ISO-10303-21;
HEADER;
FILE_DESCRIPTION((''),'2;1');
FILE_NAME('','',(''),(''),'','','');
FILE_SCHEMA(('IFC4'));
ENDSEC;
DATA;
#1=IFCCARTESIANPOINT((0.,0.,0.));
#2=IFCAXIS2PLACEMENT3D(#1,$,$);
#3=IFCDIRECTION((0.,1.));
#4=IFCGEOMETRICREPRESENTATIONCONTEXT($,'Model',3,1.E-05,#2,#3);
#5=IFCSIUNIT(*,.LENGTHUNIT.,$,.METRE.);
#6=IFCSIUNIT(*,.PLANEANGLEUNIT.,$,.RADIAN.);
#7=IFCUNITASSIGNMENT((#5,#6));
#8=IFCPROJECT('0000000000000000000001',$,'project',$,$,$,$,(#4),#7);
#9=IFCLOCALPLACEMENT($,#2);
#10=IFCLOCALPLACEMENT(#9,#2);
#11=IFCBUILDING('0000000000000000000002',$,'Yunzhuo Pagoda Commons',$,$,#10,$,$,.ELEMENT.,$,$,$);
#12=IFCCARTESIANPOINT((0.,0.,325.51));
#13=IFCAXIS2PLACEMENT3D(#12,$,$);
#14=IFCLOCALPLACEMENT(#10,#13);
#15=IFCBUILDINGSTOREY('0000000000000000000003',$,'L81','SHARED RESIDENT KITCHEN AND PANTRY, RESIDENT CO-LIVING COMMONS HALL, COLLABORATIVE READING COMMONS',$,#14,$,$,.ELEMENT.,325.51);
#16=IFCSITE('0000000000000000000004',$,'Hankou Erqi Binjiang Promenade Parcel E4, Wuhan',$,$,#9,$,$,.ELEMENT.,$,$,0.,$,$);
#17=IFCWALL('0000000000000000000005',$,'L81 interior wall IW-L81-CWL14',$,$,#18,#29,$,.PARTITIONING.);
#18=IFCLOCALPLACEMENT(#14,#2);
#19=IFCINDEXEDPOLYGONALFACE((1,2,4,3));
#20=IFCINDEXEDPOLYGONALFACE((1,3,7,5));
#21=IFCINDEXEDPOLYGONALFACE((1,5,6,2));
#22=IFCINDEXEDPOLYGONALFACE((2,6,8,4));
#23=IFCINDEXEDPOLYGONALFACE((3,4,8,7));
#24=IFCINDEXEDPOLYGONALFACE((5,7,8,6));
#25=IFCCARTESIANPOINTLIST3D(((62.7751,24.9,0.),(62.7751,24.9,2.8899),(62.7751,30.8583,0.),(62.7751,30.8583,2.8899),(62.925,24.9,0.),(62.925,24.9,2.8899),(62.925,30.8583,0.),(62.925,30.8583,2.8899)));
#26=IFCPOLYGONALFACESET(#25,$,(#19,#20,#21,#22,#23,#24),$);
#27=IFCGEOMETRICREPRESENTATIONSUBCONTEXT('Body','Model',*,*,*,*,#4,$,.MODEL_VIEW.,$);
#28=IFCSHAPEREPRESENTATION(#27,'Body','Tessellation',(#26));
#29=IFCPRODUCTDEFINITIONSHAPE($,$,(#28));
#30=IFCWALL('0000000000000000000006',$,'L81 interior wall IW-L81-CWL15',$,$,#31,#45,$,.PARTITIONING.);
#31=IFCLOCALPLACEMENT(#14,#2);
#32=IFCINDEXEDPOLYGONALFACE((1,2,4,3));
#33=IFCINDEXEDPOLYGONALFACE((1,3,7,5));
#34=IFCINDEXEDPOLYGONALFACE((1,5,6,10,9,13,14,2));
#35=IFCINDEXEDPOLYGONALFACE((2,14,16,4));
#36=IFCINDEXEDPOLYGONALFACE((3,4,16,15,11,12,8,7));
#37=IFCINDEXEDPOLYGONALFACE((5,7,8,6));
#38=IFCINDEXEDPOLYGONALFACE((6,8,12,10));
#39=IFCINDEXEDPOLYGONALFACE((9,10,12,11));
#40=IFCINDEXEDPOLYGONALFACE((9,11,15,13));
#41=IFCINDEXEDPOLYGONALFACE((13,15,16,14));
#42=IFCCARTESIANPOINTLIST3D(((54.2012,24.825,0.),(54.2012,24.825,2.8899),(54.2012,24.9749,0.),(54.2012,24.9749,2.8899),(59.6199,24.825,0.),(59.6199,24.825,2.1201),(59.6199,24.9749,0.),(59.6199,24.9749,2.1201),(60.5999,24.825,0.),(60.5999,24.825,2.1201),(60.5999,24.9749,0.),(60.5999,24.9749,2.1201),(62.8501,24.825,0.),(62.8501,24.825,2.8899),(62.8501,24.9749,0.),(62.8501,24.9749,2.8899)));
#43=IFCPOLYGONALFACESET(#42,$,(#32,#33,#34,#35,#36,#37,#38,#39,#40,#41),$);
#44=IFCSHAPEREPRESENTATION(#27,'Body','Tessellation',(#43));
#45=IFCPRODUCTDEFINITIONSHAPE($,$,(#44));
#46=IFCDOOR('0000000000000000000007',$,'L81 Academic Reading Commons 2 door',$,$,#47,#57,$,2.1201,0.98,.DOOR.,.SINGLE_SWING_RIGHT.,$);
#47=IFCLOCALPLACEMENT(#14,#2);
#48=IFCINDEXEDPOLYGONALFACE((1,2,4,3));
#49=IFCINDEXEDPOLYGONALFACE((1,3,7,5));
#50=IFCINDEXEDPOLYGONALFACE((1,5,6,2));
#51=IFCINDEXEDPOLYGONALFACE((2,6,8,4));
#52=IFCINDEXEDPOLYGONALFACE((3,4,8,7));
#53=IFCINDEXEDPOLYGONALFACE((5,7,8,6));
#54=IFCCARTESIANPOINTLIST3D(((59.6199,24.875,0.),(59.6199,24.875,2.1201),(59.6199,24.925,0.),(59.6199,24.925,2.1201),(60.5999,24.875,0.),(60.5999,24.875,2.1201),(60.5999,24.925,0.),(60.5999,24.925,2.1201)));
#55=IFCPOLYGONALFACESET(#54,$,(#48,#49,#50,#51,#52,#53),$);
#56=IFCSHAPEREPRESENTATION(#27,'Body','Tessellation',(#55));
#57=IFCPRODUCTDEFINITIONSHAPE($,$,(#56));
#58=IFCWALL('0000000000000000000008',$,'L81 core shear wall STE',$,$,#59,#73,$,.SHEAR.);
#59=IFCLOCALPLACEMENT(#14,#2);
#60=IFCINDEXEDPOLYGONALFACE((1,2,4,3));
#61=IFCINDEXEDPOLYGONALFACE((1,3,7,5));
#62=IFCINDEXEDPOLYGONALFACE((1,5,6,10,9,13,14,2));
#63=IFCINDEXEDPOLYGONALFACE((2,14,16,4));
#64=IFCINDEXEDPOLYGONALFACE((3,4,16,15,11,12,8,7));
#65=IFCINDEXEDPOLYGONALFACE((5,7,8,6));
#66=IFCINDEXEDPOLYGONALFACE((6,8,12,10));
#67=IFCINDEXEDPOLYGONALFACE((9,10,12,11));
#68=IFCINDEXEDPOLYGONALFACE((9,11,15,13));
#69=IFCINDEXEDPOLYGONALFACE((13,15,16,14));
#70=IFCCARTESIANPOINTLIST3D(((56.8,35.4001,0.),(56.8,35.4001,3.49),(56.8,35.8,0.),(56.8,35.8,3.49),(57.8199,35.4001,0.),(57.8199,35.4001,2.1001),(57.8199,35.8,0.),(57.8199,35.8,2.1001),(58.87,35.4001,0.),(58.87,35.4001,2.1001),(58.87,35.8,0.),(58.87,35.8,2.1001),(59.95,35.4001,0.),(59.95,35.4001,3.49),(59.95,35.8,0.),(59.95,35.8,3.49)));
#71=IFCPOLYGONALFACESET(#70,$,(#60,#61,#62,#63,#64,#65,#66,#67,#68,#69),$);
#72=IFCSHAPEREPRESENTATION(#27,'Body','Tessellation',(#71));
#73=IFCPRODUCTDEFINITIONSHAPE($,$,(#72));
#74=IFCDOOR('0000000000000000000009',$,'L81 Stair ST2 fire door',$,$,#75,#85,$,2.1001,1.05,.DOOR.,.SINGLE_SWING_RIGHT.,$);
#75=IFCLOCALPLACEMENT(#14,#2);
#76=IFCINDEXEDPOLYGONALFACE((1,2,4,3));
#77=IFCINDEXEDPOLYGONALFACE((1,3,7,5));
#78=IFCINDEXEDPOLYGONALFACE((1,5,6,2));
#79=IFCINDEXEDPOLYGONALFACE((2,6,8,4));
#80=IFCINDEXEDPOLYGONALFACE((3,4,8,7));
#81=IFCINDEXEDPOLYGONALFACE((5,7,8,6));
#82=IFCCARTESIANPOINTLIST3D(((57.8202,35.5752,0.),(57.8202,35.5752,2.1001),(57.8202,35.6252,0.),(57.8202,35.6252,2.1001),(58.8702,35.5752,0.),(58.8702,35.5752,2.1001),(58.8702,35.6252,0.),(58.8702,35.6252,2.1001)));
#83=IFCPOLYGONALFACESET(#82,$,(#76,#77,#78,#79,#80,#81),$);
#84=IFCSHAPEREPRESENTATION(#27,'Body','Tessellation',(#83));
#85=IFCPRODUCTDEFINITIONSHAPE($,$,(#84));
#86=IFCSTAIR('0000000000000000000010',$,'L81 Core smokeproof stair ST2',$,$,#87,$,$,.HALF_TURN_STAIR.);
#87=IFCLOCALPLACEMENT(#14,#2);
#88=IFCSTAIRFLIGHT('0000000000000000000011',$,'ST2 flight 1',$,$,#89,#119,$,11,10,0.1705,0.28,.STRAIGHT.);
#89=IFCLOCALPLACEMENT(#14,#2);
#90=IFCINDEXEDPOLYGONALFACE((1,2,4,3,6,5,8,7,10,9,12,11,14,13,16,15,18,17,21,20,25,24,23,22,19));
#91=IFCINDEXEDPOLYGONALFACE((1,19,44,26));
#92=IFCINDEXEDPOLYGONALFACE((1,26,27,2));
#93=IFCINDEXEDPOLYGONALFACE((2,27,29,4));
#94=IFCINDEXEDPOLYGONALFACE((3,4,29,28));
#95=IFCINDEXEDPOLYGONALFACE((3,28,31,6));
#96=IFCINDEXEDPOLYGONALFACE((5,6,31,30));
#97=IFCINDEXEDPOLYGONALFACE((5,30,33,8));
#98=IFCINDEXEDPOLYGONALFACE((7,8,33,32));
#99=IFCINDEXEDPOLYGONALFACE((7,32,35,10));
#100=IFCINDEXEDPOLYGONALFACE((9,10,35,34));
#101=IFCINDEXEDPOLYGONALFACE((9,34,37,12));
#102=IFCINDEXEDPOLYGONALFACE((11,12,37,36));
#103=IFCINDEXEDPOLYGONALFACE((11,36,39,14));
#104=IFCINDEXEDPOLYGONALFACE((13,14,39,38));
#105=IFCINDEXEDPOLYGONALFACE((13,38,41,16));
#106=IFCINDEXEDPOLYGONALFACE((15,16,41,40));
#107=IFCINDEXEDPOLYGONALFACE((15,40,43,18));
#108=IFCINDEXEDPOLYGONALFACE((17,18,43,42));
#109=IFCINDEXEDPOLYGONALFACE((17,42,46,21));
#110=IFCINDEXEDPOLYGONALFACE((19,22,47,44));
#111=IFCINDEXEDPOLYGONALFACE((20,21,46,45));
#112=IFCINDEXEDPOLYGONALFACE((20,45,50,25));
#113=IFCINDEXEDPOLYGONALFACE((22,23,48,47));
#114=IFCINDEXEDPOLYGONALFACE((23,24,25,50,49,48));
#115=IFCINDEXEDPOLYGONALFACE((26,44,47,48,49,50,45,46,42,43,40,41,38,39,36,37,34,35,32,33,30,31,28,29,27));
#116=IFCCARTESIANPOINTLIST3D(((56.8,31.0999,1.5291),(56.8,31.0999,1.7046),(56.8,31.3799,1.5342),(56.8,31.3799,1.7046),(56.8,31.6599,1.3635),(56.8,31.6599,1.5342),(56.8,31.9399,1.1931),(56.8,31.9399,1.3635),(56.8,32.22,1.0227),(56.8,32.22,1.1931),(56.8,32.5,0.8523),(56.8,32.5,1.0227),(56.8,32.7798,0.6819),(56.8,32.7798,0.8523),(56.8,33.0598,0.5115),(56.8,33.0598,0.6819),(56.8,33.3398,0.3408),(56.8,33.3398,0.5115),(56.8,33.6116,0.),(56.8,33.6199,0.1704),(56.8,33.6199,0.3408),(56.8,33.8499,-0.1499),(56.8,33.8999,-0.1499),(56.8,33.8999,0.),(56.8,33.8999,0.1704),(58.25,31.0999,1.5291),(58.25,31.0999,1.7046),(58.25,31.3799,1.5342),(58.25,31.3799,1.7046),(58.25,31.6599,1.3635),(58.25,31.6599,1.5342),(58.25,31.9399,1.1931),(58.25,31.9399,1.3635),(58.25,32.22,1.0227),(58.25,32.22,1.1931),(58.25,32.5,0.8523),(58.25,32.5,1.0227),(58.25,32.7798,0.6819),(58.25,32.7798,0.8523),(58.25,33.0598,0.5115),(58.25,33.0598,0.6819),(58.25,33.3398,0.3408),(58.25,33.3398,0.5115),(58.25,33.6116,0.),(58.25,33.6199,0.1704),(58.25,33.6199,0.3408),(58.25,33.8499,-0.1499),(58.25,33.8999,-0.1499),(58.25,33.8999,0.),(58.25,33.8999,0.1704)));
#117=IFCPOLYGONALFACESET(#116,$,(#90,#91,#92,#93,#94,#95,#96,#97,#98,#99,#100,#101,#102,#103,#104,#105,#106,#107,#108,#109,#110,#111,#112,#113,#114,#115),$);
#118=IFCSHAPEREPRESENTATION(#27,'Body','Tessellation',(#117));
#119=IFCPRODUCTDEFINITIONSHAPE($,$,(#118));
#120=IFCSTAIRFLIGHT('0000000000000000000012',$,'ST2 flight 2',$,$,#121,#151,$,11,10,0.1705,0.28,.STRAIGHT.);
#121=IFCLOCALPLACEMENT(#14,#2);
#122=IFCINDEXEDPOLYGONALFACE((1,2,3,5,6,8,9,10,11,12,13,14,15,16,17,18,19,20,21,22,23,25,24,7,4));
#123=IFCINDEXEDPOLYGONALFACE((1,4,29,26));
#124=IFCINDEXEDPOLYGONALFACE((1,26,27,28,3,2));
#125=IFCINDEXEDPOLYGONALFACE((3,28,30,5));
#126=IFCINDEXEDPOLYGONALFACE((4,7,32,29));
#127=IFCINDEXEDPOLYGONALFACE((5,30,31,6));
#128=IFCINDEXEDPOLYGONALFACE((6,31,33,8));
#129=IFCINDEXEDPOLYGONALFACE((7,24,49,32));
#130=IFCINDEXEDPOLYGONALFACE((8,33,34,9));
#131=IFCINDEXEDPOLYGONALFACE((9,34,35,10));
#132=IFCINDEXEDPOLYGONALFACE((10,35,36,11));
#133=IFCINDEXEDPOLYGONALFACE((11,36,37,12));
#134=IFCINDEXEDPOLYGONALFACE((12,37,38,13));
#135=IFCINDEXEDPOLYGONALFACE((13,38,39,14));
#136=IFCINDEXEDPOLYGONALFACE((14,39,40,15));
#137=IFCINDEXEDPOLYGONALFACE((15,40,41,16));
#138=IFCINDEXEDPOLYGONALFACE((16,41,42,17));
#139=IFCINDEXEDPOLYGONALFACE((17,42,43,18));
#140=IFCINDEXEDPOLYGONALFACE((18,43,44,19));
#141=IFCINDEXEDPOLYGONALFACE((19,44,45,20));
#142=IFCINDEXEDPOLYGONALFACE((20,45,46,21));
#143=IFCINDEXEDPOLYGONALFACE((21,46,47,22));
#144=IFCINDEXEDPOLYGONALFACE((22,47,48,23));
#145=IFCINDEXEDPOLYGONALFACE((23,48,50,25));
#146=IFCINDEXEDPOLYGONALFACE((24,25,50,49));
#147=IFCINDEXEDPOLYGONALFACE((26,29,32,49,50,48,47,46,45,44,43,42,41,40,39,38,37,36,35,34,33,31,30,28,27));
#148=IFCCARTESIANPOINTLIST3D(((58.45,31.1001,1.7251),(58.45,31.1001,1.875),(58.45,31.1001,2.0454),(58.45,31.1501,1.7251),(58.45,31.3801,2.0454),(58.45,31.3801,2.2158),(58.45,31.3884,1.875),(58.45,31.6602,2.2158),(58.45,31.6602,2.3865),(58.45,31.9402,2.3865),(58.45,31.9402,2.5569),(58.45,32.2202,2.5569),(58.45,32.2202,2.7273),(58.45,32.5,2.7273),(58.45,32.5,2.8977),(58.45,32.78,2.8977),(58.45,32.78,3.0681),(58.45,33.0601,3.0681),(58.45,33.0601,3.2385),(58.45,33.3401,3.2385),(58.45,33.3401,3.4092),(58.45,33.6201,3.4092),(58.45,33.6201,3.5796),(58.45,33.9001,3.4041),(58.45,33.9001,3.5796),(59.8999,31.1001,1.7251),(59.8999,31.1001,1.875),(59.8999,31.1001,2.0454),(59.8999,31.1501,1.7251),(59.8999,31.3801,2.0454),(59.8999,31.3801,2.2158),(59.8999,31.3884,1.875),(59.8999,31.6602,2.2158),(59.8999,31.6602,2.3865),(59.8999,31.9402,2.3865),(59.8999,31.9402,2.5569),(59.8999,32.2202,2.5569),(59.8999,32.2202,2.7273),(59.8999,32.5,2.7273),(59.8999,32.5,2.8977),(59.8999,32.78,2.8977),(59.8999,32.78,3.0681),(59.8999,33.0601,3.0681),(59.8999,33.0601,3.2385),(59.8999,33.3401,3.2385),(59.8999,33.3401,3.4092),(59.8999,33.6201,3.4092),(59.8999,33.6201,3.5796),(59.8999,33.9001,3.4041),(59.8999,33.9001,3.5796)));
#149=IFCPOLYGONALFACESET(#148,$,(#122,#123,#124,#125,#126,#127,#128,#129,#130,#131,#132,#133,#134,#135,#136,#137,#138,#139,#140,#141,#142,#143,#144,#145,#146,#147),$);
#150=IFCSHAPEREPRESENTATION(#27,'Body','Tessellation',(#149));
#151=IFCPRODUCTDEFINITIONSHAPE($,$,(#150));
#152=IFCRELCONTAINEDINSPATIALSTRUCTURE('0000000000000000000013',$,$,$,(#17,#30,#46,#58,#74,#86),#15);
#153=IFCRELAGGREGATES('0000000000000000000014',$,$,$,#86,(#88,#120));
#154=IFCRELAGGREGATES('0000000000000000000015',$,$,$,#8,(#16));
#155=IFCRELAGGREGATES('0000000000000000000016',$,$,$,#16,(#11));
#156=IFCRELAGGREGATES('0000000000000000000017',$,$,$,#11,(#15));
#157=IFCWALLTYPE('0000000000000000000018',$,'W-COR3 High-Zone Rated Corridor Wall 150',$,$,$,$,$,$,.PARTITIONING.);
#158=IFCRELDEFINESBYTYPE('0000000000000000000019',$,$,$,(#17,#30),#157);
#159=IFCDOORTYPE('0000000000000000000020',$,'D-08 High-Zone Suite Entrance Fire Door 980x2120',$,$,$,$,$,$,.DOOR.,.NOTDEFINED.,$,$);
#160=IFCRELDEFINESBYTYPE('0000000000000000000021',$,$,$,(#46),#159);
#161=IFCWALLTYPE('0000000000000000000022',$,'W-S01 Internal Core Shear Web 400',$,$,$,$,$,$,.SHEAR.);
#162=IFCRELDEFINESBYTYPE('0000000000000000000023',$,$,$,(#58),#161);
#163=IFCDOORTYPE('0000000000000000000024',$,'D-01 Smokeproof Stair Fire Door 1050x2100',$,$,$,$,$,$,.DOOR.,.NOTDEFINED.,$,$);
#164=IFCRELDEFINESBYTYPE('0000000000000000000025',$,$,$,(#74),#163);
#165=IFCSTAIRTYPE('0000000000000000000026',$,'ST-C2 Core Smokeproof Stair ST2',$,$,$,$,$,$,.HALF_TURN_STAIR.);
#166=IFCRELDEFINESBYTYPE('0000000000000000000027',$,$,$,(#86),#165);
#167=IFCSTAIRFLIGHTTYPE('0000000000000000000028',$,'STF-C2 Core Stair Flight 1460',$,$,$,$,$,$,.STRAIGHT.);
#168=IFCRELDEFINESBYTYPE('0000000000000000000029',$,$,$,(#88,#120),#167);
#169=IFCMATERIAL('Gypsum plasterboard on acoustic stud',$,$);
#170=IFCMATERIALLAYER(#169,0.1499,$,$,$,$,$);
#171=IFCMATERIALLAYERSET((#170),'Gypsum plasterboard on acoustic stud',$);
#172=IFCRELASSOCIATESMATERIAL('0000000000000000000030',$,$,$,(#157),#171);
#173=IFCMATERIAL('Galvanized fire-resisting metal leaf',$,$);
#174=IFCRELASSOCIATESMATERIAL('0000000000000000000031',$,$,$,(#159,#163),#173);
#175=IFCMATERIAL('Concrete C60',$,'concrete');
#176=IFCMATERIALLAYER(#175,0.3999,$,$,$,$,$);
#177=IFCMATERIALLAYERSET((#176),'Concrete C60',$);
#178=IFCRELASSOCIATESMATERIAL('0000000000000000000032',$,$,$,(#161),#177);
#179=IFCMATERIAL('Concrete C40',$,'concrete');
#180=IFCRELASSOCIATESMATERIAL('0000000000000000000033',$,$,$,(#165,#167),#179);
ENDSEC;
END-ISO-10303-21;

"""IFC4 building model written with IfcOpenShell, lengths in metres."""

from ifc_helpers import new_model, si_unit, direction, frame, frame_2d, origin, origin_with_axes, place, context, subcontext, project, spatial, polyline, rectangle, outline, extrude, source, transform, mapped, material, layer, layer_set, type_object, element, fill, aggregate, save


model = new_model("IFC4")

# Units and contexts
model_context = context("Model", 3, precision=1e-05, world=origin(), true_north=direction((0.0, 1.0)))
body_context = subcontext(model_context, "Body", "Model", "MODEL_VIEW")
ifc_project = project(units=[si_unit("LENGTHUNIT", "METRE"), si_unit("PLANEANGLEUNIT", "RADIAN")], contexts=[model_context])

# Site, building, storey
site_placement = place(None, origin())
site = spatial("IfcSite", under=ifc_project, at=site_placement, Name="Hankou Erqi Binjiang Promenade Parcel E4, Wuhan", CompositionType="ELEMENT", RefElevation=0.0)
building_placement = place(site_placement, origin())
building = spatial("IfcBuilding", under=site, at=building_placement, Name="Yunzhuo Pagoda Commons", CompositionType="ELEMENT")
storey_placement = place(building_placement, frame((0.0, 0.0, 325.51)))
storey = spatial("IfcBuildingStorey", under=building, at=storey_placement, Name="L81", Description="SHARED RESIDENT KITCHEN AND PANTRY, RESIDENT CO-LIVING COMMONS HALL, COLLABORATIVE READING COMMONS", CompositionType="ELEMENT", Elevation=325.51)

# Wall
ifc_material_1 = material(Name="Gypsum plasterboard on acoustic stud")
ifc_layer_1 = layer(ifc_material_1, 0.1499)
ifc_layer_set_1 = layer_set([ifc_layer_1], Name="Gypsum plasterboard on acoustic stud")
wall_type_1 = type_object("IfcWallType", Name="W-COR3 High-Zone Rated Corridor Wall 150", PredefinedType="PARTITIONING", material=ifc_layer_set_1)
wall_1_placement = place(storey_placement, frame((62.8501, 30.8582, 0.0), z_axis=(0.0, 0.0, 1.0), x_axis=(0.0, -1.0, 0.0)))
element("IfcWall", 1, at=wall_1_placement, inside=storey, type_object=wall_type_1, Name="L81 interior wall IW-L81-CWL14", PredefinedType="PARTITIONING", context=body_context, shape_type="SweptSolid", body=[
    extrude(rectangle(XDim=5.9583, YDim=0.1499, at=frame_2d((2.979, 0.0))), origin(), (0.0, 0.0, 1.0), 2.8899),
])

# Walls, openings, doors
wall_2_placement = place(storey_placement, frame((62.8501, 24.8999, 0.0), z_axis=(0.0, 0.0, 1.0), x_axis=(-1.0, 0.0, 0.0)))
wall_2 = element("IfcWall", 2, at=wall_2_placement, inside=storey, type_object=wall_type_1, Name="L81 interior wall IW-L81-CWL15", PredefinedType="PARTITIONING", context=body_context, shape_type="SweptSolid", body=[
    extrude(rectangle(XDim=8.6489, YDim=0.1499, at=frame_2d((4.3245, 0.0))), origin(), (0.0, 0.0, 1.0), 2.8899),
])
opening_1_placement = place(wall_2_placement, frame((2.2502, 0.0, 0.0)))
opening_1 = element("IfcOpeningElement", 3, at=opening_1_placement, cuts=wall_2, PredefinedType="OPENING", context=body_context, shape_type="SweptSolid", body=[
    extrude(rectangle(XDim=0.98, YDim=2.1201, at=frame_2d((0.49, 1.0601))), frame((0.0, 0.085, 0.0), z_axis=(0.0, -1.0, 0.0), x_axis=(1.0, 0.0, 0.0)), (0.0, 0.0, 1.0), 0.1699),
])
ifc_material_2 = material(Name="Galvanized fire-resisting metal leaf")
door_type_1 = type_object("IfcDoorType", Name="D-08 High-Zone Suite Entrance Fire Door 980x2120", OperationType="NOTDEFINED", PredefinedType="DOOR", material=ifc_material_2)
shared_shape_1 = source(origin(), body_context, "Body", "SweptSolid", [
    extrude(rectangle(XDim=0.98, YDim=2.1201, at=frame_2d((0.49, 1.0601))), frame((0.0, 0.0249, 0.0), z_axis=(0.0, -1.0, 0.0), x_axis=(1.0, 0.0, 0.0)), (0.0, 0.0, 1.0), 0.05),
])
door_1_placement = place(opening_1_placement, origin_with_axes())
door_1 = element("IfcDoor", 4, at=door_1_placement, inside=storey, type_object=door_type_1, Name="L81 Academic Reading Commons 2 door", OperationType="SINGLE_SWING_RIGHT", OverallHeight=2.1201, OverallWidth=0.98, PredefinedType="DOOR", context=body_context, shape_type="MappedRepresentation", body=[
    mapped(shared_shape_1, transform((0.0, 0.0, 0.0), scale=1.0)),
])
fill(opening_1, door_1)
ifc_material_3 = material(Name="Concrete C60", Category="concrete")
ifc_layer_2 = layer(ifc_material_3, 0.3999)
ifc_layer_set_2 = layer_set([ifc_layer_2], Name="Concrete C60")
wall_type_2 = type_object("IfcWallType", Name="W-S01 Internal Core Shear Web 400", PredefinedType="SHEAR", material=ifc_layer_set_2)
wall_3_placement = place(storey_placement, frame((56.8, 35.6001, 0.0), z_axis=(0.0, 0.0, 1.0), x_axis=(1.0, 0.0, 0.0)))
wall_3 = element("IfcWall", 5, at=wall_3_placement, inside=storey, type_object=wall_type_2, Name="L81 core shear wall STE", PredefinedType="SHEAR", context=body_context, shape_type="SweptSolid", body=[
    extrude(rectangle(XDim=3.1499, YDim=0.3999, at=frame_2d((1.575, 0.0))), origin(), (0.0, 0.0, 1.0), 3.49),
])
opening_2_placement = place(wall_3_placement, frame((1.02, 0.0, 0.0)))
opening_2 = element("IfcOpeningElement", 6, at=opening_2_placement, cuts=wall_3, PredefinedType="OPENING", context=body_context, shape_type="SweptSolid", body=[
    extrude(rectangle(XDim=1.05, YDim=2.1001, at=frame_2d((0.5249, 1.05))), frame((0.0, 0.21, 0.0), z_axis=(0.0, -1.0, 0.0), x_axis=(1.0, 0.0, 0.0)), (0.0, 0.0, 1.0), 0.4199),
])
door_type_2 = type_object("IfcDoorType", Name="D-01 Smokeproof Stair Fire Door 1050x2100", OperationType="NOTDEFINED", PredefinedType="DOOR", material=ifc_material_2)
shared_shape_2 = source(origin(), body_context, "Body", "SweptSolid", [
    extrude(rectangle(XDim=1.05, YDim=2.1001, at=frame_2d((0.5249, 1.05))), frame((0.0, 0.0249, 0.0), z_axis=(0.0, -1.0, 0.0), x_axis=(1.0, 0.0, 0.0)), (0.0, 0.0, 1.0), 0.05),
])
door_2_placement = place(opening_2_placement, frame((1.05, 0.0, 0.0), z_axis=(0.0, 0.0, 1.0), x_axis=(-1.0, 0.0, 0.0)))
door_2 = element("IfcDoor", 7, at=door_2_placement, inside=storey, type_object=door_type_2, Name="L81 Stair ST2 fire door", OperationType="SINGLE_SWING_RIGHT", OverallHeight=2.1001, OverallWidth=1.05, PredefinedType="DOOR", context=body_context, shape_type="MappedRepresentation", body=[
    mapped(shared_shape_2, transform((0.0, 0.0, 0.0), scale=1.0)),
])
fill(opening_2, door_2)

# Stair, stair flights
ifc_material_4 = material(Name="Concrete C40", Category="concrete")
stair_type = type_object("IfcStairType", Name="ST-C2 Core Smokeproof Stair ST2", PredefinedType="HALF_TURN_STAIR", material=ifc_material_4)
stair_placement = place(storey_placement, origin())
stair = element("IfcStair", 8, at=stair_placement, inside=storey, type_object=stair_type, Name="L81 Core smokeproof stair ST2", PredefinedType="HALF_TURN_STAIR")
stair_flight_type = type_object("IfcStairFlightType", Name="STF-C2 Core Stair Flight 1460", PredefinedType="STRAIGHT", material=ifc_material_4)
shared_shape_3 = source(origin(), body_context, "Body", "SweptSolid", [
    extrude(outline(polyline([(0.0, -0.1499), (0.0, 0.0), (0.0, 0.1704), (0.28, 0.1704), (0.28, 0.3408), (0.5601, 0.3408), (0.5601, 0.5115), (0.8401, 0.5115), (0.8401, 0.6819), (1.1201, 0.6819), (1.1201, 0.8523), (1.3999, 0.8523), (1.3999, 1.0227), (1.6799, 1.0227), (1.6799, 1.1931), (1.96, 1.1931), (1.96, 1.3635), (2.24, 1.3635), (2.24, 1.5342), (2.52, 1.5342), (2.52, 1.7046), (2.8, 1.7046), (2.8, 1.875), (2.8, 1.5291), (0.2883, 0.0), (0.05, -0.1499), (0.0, -0.1499)])), frame((0.0, 0.7251, 0.0), z_axis=(0.0, -1.0, 0.0), x_axis=(1.0, 0.0, 0.0)), (0.0, 0.0, 1.0), 1.45),
])
stair_flight_1_placement = place(storey_placement, frame((57.5249, 33.8999, 0.0), z_axis=(0.0, 0.0, 1.0), x_axis=(0.0, -1.0, 0.0)))
stair_flight_1 = element("IfcStairFlight", 9, at=stair_flight_1_placement, type_object=stair_flight_type, Name="ST2 flight 1", NumberOfRisers=11, NumberOfTreads=10, PredefinedType="STRAIGHT", RiserHeight=0.1705, TreadLength=0.28, context=body_context, shape_type="MappedRepresentation", body=[
    mapped(shared_shape_3, transform((0.0, 0.0, 0.0), scale=1.0)),
])
stair_flight_2_placement = place(storey_placement, frame((59.175, 31.1001, 1.875), z_axis=(0.0, 0.0, 1.0), x_axis=(0.0, 1.0, 0.0)))
stair_flight_2 = element("IfcStairFlight", 10, at=stair_flight_2_placement, type_object=stair_flight_type, Name="ST2 flight 2", NumberOfRisers=11, NumberOfTreads=10, PredefinedType="STRAIGHT", RiserHeight=0.1705, TreadLength=0.28, context=body_context, shape_type="MappedRepresentation", body=[
    mapped(shared_shape_3, transform((0.0, 0.0, 0.0), scale=1.0)),
])
aggregate(stair, [stair_flight_1, stair_flight_2])

save(model, "model.ifc")
